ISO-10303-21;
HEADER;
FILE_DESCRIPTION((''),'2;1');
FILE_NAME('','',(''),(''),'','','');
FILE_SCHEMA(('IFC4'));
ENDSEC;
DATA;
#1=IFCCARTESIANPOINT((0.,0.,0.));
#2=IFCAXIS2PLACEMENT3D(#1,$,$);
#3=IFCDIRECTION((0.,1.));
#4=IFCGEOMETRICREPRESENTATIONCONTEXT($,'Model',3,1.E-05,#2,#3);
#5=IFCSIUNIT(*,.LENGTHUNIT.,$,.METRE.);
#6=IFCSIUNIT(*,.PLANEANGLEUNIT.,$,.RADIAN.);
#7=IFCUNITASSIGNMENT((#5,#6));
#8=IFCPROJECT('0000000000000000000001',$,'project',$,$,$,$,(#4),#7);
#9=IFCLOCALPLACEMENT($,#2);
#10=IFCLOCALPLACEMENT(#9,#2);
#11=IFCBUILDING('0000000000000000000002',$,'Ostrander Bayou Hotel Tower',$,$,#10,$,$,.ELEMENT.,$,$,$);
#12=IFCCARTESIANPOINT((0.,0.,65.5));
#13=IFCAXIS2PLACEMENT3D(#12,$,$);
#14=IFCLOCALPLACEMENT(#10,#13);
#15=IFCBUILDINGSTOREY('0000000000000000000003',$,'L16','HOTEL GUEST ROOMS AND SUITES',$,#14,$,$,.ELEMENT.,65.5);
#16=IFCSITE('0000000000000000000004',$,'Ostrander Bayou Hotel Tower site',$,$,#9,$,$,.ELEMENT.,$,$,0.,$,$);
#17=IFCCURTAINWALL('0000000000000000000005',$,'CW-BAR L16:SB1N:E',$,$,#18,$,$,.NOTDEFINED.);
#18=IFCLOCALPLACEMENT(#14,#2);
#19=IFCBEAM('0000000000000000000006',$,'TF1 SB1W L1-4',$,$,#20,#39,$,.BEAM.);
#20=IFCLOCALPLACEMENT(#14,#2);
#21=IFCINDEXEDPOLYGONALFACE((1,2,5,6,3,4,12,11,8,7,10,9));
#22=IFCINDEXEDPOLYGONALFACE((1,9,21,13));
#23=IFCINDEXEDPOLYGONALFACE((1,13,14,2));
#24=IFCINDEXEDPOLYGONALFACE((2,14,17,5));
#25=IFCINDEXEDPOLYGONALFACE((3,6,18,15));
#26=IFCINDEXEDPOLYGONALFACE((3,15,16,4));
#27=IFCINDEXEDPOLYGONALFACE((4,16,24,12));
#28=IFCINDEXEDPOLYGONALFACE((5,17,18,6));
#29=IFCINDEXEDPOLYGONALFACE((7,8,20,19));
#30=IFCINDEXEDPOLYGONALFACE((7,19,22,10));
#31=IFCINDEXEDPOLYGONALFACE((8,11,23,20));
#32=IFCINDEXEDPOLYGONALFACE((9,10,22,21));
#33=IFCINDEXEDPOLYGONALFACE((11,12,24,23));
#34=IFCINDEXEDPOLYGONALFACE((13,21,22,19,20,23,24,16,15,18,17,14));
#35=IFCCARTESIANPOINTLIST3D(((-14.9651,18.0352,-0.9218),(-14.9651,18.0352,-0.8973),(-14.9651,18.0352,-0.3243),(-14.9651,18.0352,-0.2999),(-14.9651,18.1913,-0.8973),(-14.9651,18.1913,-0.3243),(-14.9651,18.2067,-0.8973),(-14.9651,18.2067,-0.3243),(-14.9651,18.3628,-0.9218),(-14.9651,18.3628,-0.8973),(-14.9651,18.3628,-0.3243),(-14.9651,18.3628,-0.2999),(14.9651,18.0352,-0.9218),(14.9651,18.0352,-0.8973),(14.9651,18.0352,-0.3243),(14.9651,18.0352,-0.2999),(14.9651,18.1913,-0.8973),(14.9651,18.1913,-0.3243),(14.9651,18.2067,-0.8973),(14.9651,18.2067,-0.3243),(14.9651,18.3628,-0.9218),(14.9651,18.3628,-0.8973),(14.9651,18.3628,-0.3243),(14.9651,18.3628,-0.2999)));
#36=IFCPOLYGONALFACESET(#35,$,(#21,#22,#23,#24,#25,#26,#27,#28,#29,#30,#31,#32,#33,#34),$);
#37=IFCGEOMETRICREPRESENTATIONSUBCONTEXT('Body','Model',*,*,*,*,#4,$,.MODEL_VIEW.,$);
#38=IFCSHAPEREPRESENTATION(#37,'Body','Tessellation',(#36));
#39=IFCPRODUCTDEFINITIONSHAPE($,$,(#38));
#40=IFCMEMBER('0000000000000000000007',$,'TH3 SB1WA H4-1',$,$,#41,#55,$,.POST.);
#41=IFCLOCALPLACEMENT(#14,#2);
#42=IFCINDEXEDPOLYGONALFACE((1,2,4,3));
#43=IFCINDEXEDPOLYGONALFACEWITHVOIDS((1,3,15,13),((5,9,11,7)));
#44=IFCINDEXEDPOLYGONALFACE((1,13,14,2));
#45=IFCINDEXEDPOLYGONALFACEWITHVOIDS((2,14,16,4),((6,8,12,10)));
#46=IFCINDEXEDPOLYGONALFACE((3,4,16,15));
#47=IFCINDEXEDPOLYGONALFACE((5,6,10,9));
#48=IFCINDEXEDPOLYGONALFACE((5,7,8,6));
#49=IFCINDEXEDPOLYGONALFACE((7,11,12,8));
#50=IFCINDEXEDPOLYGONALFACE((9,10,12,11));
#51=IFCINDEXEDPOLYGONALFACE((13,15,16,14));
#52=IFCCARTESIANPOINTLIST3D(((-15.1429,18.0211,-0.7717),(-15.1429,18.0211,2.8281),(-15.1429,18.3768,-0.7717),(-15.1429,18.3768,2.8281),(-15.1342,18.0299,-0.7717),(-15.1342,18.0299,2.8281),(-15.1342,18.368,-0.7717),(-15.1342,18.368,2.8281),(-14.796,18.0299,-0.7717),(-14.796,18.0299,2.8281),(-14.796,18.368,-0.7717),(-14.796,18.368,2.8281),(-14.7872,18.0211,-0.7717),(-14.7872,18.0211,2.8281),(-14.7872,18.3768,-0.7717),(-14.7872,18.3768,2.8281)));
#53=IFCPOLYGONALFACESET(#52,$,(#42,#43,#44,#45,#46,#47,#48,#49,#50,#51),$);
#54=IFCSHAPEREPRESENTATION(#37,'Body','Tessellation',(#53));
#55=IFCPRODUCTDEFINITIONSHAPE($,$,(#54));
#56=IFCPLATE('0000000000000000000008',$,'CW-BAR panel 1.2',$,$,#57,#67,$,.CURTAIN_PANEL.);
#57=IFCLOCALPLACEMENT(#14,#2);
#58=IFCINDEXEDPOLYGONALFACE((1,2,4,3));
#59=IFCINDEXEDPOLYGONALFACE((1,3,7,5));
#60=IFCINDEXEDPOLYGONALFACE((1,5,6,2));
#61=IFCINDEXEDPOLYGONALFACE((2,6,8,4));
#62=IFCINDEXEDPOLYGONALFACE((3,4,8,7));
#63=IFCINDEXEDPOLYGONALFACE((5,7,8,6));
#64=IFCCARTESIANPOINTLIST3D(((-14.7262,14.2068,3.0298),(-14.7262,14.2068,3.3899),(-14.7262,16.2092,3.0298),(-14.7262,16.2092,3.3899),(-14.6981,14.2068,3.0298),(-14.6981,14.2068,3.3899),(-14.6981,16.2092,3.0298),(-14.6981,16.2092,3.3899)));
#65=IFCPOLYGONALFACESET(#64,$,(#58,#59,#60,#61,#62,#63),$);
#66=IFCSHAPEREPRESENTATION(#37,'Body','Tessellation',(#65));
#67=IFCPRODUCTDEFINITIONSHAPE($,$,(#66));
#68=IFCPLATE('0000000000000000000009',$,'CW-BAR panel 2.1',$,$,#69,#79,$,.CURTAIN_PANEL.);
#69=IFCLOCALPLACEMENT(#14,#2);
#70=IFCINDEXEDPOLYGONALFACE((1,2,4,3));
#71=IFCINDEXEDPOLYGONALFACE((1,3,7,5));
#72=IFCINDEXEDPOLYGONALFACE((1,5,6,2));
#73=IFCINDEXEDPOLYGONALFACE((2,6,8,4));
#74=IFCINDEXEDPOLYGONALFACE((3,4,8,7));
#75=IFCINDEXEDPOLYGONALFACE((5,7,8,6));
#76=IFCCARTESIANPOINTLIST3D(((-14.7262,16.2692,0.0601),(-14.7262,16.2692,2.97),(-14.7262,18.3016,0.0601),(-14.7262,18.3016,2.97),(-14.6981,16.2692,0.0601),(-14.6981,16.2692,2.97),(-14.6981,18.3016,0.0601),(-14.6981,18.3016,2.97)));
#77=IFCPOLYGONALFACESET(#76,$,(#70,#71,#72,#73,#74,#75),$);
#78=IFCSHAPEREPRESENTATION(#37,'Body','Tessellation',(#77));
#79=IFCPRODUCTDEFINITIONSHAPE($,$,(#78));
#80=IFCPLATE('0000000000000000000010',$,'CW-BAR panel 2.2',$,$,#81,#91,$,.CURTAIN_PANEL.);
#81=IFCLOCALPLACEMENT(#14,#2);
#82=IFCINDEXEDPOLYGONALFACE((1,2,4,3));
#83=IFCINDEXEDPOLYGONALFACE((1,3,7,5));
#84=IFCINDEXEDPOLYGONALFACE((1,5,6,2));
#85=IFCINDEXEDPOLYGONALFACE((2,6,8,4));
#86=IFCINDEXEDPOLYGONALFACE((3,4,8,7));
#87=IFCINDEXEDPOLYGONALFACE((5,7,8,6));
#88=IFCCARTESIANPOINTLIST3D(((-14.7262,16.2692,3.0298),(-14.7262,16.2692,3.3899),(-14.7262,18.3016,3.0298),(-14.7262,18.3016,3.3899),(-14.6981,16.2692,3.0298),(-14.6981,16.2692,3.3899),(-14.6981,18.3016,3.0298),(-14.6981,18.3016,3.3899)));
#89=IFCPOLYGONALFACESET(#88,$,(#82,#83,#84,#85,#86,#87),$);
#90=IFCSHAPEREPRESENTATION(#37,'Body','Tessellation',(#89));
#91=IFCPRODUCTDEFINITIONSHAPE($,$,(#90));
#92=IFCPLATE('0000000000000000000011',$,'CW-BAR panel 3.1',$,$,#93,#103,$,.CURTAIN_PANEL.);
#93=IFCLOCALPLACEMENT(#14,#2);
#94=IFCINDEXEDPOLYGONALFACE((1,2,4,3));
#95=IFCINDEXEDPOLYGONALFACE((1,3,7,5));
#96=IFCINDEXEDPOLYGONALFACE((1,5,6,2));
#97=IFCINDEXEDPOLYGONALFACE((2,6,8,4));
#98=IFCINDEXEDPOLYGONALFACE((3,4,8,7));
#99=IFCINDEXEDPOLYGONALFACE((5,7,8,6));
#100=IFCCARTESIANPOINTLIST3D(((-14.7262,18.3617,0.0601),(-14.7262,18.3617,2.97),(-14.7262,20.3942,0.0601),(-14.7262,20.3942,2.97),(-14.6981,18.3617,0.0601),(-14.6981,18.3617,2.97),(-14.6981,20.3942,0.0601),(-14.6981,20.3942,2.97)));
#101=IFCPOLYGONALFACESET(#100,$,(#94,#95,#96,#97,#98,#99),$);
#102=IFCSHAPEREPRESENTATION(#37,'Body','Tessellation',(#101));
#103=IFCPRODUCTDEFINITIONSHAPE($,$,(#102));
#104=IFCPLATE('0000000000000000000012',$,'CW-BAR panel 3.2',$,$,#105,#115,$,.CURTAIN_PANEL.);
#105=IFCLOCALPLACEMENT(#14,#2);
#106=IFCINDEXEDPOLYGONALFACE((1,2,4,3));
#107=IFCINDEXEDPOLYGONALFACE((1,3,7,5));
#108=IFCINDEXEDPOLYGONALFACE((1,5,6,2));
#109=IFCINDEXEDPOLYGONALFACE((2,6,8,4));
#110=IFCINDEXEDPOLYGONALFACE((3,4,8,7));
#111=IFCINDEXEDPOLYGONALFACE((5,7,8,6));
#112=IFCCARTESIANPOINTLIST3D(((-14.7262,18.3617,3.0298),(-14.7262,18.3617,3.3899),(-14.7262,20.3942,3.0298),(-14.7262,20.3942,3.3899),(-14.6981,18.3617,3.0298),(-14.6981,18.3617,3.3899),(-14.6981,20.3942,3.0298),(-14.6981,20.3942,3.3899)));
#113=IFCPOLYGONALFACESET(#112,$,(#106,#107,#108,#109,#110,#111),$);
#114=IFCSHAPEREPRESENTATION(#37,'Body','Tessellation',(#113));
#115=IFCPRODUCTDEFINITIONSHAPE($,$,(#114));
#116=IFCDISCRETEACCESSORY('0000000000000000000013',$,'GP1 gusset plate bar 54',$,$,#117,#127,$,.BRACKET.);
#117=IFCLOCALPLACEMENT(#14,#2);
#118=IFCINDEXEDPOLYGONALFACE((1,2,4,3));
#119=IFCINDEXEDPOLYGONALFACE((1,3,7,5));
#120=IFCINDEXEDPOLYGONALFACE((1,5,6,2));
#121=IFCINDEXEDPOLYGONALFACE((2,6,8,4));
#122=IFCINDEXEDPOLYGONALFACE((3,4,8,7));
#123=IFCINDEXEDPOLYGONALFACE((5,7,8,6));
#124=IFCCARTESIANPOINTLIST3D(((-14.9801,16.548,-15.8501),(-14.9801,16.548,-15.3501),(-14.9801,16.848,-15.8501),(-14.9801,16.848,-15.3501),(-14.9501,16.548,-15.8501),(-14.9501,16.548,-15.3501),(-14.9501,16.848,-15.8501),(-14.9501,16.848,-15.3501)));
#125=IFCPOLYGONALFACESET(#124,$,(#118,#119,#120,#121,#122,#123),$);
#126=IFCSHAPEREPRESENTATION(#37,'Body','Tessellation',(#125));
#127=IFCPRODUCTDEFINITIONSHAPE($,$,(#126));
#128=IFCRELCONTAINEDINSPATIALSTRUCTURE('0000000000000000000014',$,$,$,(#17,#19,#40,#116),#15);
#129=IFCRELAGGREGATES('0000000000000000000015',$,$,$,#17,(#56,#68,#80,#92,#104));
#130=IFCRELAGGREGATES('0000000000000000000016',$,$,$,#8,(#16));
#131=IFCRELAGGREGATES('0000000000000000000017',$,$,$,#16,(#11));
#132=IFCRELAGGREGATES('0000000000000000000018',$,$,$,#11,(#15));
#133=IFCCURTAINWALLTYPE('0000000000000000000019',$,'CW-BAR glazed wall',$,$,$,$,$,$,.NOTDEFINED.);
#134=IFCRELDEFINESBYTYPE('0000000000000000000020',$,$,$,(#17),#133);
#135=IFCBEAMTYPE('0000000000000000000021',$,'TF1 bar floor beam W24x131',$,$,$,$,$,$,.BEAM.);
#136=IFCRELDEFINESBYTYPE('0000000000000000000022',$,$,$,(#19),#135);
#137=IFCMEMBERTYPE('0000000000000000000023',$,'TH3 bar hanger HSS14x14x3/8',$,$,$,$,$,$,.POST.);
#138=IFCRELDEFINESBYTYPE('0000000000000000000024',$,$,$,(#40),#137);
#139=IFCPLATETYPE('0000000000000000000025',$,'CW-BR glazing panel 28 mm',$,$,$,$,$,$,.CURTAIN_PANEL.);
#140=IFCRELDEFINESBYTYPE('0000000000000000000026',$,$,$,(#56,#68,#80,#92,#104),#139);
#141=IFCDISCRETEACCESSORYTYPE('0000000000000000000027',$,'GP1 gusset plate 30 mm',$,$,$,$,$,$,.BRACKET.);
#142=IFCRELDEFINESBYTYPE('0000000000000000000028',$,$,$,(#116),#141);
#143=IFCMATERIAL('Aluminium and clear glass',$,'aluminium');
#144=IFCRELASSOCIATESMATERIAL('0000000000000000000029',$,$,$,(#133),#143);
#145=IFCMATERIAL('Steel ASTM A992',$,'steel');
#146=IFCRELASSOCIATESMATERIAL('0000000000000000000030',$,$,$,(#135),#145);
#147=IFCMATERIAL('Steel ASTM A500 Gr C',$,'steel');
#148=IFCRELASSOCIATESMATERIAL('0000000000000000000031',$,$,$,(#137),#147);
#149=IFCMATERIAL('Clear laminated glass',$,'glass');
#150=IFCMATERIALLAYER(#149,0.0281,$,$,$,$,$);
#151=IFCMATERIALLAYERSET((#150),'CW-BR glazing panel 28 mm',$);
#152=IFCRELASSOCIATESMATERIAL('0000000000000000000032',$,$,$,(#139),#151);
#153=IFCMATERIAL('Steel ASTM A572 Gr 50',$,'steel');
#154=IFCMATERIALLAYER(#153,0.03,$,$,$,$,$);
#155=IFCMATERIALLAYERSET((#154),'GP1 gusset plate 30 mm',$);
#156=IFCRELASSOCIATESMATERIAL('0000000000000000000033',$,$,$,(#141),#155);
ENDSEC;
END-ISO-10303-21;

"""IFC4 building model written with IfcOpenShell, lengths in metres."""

from ifc_helpers import new_model, si_unit, direction, frame, origin, origin_2d, place, context, subcontext, project, spatial, rectangle, hollow_rectangle, i_section, extrude, material, layer, layer_set, material_profile, profile_set, type_object, element, aggregate, save


model = new_model("IFC4")

# Units and contexts
model_context = context("Model", 3, precision=1e-05, world=origin(), true_north=direction((0.0, 1.0)))
body_context = subcontext(model_context, "Body", "Model", "MODEL_VIEW")
ifc_project = project(units=[si_unit("LENGTHUNIT", "METRE"), si_unit("PLANEANGLEUNIT", "RADIAN")], contexts=[model_context])

# Site, building, storey
site_placement = place(None, origin())
site = spatial("IfcSite", under=ifc_project, at=site_placement, Name="Ostrander Bayou Hotel Tower site", CompositionType="ELEMENT", RefElevation=0.0)
building_placement = place(site_placement, origin())
building = spatial("IfcBuilding", under=site, at=building_placement, Name="Ostrander Bayou Hotel Tower", CompositionType="ELEMENT")
storey_placement = place(building_placement, frame((0.0, 0.0, 65.5)))
storey = spatial("IfcBuildingStorey", under=building, at=storey_placement, Name="L16", Description="HOTEL GUEST ROOMS AND SUITES", CompositionType="ELEMENT", Elevation=65.5)

# Curtain wall
ifc_material_1 = material(Name="Aluminium and clear glass", Category="aluminium")
curtain_wall_type = type_object("IfcCurtainWallType", Name="CW-BAR glazed wall", PredefinedType="NOTDEFINED", material=ifc_material_1)
curtain_wall_placement = place(storey_placement, origin())
curtain_wall = element("IfcCurtainWall", 1, at=curtain_wall_placement, inside=storey, type_object=curtain_wall_type, Name="CW-BAR L16:SB1N:E", PredefinedType="NOTDEFINED")

# Beam
ifc_material_2 = material(Name="Steel ASTM A992", Category="steel")
ifc_material_profile_1 = material_profile(ifc_material_2, i_section(OverallWidth=0.3276, OverallDepth=0.6218, WebThickness=0.0154, FlangeThickness=0.0244, at=origin_2d()))
ifc_profile_set_1 = profile_set([ifc_material_profile_1], Name="Steel ASTM A992")
beam_type = type_object("IfcBeamType", Name="TF1 bar floor beam W24x131", PredefinedType="BEAM", material=ifc_profile_set_1)
beam_placement = place(storey_placement, frame((-14.9651, 18.199, -0.6108), z_axis=(1.0, 0.0, 0.0), x_axis=(0.0, 1.0, 0.0)))
element("IfcBeam", 2, at=beam_placement, inside=storey, type_object=beam_type, Name="TF1 SB1W L1-4", PredefinedType="BEAM", context=body_context, shape_type="SweptSolid", body=[
    extrude(i_section(OverallWidth=0.3276, OverallDepth=0.6218, WebThickness=0.0154, FlangeThickness=0.0244, at=origin_2d()), origin(), (0.0, 0.0, 1.0), 29.9302),
])

# Member
ifc_material_3 = material(Name="Steel ASTM A500 Gr C", Category="steel")
ifc_material_profile_2 = material_profile(ifc_material_3, hollow_rectangle(XDim=0.3557, YDim=0.3557, WallThickness=0.0088, at=origin_2d()))
ifc_profile_set_2 = profile_set([ifc_material_profile_2], Name="Steel ASTM A500 Gr C")
member_type_1 = type_object("IfcMemberType", Name="TH3 bar hanger HSS14x14x3/8", PredefinedType="POST", material=ifc_profile_set_2)
member_1_placement = place(storey_placement, frame((-14.9651, 18.199, -0.7717), z_axis=(0.0, 0.0, 1.0), x_axis=(1.0, 0.0, 0.0)))
element("IfcMember", 3, at=member_1_placement, inside=storey, type_object=member_type_1, Name="TH3 SB1WA H4-1", PredefinedType="POST", context=body_context, shape_type="SweptSolid", body=[
    extrude(hollow_rectangle(XDim=0.3557, YDim=0.3557, WallThickness=0.0088, at=origin_2d()), origin(), (0.0, 0.0, 1.0), 3.5999),
])

# Plates
ifc_material_4 = material(Name="Clear laminated glass", Category="glass")
ifc_layer_1 = layer(ifc_material_4, 0.0281)
ifc_layer_set_1 = layer_set([ifc_layer_1], Name="CW-BR glazing panel 28 mm")
plate_type = type_object("IfcPlateType", Name="CW-BR glazing panel 28 mm", PredefinedType="CURTAIN_PANEL", material=ifc_layer_set_1)
plate_1_placement = place(storey_placement, frame((-14.7122, 15.208, 3.0298), z_axis=(0.0, 0.0, 1.0), x_axis=(0.0, 1.0, 0.0)))
plate_1 = element("IfcPlate", 4, at=plate_1_placement, type_object=plate_type, Name="CW-BAR panel 1.2", PredefinedType="CURTAIN_PANEL", context=body_context, shape_type="SweptSolid", body=[
    extrude(rectangle(XDim=2.0024, YDim=0.0281, at=origin_2d()), origin(), (0.0, 0.0, 1.0), 0.3601),
])
plate_2_placement = place(storey_placement, frame((-14.7122, 17.2854, 0.0601), z_axis=(0.0, 0.0, 1.0), x_axis=(0.0, 1.0, 0.0)))
plate_2 = element("IfcPlate", 5, at=plate_2_placement, type_object=plate_type, Name="CW-BAR panel 2.1", PredefinedType="CURTAIN_PANEL", context=body_context, shape_type="SweptSolid", body=[
    extrude(rectangle(XDim=2.0325, YDim=0.0281, at=origin_2d()), origin(), (0.0, 0.0, 1.0), 2.9099),
])
plate_3_placement = place(storey_placement, frame((-14.7122, 17.2854, 3.0298), z_axis=(0.0, 0.0, 1.0), x_axis=(0.0, 1.0, 0.0)))
plate_3 = element("IfcPlate", 6, at=plate_3_placement, type_object=plate_type, Name="CW-BAR panel 2.2", PredefinedType="CURTAIN_PANEL", context=body_context, shape_type="SweptSolid", body=[
    extrude(rectangle(XDim=2.0325, YDim=0.0281, at=origin_2d()), origin(), (0.0, 0.0, 1.0), 0.3601),
])
plate_4_placement = place(storey_placement, frame((-14.7122, 19.3779, 0.0601), z_axis=(0.0, 0.0, 1.0), x_axis=(0.0, 1.0, 0.0)))
plate_4 = element("IfcPlate", 7, at=plate_4_placement, type_object=plate_type, Name="CW-BAR panel 3.1", PredefinedType="CURTAIN_PANEL", context=body_context, shape_type="SweptSolid", body=[
    extrude(rectangle(XDim=2.0325, YDim=0.0281, at=origin_2d()), origin(), (0.0, 0.0, 1.0), 2.9099),
])
plate_5_placement = place(storey_placement, frame((-14.7122, 19.3779, 3.0298), z_axis=(0.0, 0.0, 1.0), x_axis=(0.0, 1.0, 0.0)))
plate_5 = element("IfcPlate", 8, at=plate_5_placement, type_object=plate_type, Name="CW-BAR panel 3.2", PredefinedType="CURTAIN_PANEL", context=body_context, shape_type="SweptSolid", body=[
    extrude(rectangle(XDim=2.0325, YDim=0.0281, at=origin_2d()), origin(), (0.0, 0.0, 1.0), 0.3601),
])
aggregate(curtain_wall, [plate_1, plate_2, plate_3, plate_4, plate_5])

# Discrete accessory
ifc_material_5 = material(Name="Steel ASTM A572 Gr 50", Category="steel")
ifc_layer_2 = layer(ifc_material_5, 0.03)
ifc_layer_set_2 = layer_set([ifc_layer_2], Name="GP1 gusset plate 30 mm")
discrete_accessory_type = type_object("IfcDiscreteAccessoryType", Name="GP1 gusset plate 30 mm", PredefinedType="BRACKET", material=ifc_layer_set_2)
discrete_accessory_placement = place(storey_placement, frame((-14.9651, 16.698, -15.8501), z_axis=(0.0, 0.0, 1.0), x_axis=(0.0, -1.0, 0.0)))
element("IfcDiscreteAccessory", 9, at=discrete_accessory_placement, inside=storey, type_object=discrete_accessory_type, Name="GP1 gusset plate bar 54", PredefinedType="BRACKET", context=body_context, shape_type="SweptSolid", body=[
    extrude(rectangle(XDim=0.3, YDim=0.03, at=origin_2d()), origin(), (0.0, 0.0, 1.0), 0.5),
])

save(model, "model.ifc")
